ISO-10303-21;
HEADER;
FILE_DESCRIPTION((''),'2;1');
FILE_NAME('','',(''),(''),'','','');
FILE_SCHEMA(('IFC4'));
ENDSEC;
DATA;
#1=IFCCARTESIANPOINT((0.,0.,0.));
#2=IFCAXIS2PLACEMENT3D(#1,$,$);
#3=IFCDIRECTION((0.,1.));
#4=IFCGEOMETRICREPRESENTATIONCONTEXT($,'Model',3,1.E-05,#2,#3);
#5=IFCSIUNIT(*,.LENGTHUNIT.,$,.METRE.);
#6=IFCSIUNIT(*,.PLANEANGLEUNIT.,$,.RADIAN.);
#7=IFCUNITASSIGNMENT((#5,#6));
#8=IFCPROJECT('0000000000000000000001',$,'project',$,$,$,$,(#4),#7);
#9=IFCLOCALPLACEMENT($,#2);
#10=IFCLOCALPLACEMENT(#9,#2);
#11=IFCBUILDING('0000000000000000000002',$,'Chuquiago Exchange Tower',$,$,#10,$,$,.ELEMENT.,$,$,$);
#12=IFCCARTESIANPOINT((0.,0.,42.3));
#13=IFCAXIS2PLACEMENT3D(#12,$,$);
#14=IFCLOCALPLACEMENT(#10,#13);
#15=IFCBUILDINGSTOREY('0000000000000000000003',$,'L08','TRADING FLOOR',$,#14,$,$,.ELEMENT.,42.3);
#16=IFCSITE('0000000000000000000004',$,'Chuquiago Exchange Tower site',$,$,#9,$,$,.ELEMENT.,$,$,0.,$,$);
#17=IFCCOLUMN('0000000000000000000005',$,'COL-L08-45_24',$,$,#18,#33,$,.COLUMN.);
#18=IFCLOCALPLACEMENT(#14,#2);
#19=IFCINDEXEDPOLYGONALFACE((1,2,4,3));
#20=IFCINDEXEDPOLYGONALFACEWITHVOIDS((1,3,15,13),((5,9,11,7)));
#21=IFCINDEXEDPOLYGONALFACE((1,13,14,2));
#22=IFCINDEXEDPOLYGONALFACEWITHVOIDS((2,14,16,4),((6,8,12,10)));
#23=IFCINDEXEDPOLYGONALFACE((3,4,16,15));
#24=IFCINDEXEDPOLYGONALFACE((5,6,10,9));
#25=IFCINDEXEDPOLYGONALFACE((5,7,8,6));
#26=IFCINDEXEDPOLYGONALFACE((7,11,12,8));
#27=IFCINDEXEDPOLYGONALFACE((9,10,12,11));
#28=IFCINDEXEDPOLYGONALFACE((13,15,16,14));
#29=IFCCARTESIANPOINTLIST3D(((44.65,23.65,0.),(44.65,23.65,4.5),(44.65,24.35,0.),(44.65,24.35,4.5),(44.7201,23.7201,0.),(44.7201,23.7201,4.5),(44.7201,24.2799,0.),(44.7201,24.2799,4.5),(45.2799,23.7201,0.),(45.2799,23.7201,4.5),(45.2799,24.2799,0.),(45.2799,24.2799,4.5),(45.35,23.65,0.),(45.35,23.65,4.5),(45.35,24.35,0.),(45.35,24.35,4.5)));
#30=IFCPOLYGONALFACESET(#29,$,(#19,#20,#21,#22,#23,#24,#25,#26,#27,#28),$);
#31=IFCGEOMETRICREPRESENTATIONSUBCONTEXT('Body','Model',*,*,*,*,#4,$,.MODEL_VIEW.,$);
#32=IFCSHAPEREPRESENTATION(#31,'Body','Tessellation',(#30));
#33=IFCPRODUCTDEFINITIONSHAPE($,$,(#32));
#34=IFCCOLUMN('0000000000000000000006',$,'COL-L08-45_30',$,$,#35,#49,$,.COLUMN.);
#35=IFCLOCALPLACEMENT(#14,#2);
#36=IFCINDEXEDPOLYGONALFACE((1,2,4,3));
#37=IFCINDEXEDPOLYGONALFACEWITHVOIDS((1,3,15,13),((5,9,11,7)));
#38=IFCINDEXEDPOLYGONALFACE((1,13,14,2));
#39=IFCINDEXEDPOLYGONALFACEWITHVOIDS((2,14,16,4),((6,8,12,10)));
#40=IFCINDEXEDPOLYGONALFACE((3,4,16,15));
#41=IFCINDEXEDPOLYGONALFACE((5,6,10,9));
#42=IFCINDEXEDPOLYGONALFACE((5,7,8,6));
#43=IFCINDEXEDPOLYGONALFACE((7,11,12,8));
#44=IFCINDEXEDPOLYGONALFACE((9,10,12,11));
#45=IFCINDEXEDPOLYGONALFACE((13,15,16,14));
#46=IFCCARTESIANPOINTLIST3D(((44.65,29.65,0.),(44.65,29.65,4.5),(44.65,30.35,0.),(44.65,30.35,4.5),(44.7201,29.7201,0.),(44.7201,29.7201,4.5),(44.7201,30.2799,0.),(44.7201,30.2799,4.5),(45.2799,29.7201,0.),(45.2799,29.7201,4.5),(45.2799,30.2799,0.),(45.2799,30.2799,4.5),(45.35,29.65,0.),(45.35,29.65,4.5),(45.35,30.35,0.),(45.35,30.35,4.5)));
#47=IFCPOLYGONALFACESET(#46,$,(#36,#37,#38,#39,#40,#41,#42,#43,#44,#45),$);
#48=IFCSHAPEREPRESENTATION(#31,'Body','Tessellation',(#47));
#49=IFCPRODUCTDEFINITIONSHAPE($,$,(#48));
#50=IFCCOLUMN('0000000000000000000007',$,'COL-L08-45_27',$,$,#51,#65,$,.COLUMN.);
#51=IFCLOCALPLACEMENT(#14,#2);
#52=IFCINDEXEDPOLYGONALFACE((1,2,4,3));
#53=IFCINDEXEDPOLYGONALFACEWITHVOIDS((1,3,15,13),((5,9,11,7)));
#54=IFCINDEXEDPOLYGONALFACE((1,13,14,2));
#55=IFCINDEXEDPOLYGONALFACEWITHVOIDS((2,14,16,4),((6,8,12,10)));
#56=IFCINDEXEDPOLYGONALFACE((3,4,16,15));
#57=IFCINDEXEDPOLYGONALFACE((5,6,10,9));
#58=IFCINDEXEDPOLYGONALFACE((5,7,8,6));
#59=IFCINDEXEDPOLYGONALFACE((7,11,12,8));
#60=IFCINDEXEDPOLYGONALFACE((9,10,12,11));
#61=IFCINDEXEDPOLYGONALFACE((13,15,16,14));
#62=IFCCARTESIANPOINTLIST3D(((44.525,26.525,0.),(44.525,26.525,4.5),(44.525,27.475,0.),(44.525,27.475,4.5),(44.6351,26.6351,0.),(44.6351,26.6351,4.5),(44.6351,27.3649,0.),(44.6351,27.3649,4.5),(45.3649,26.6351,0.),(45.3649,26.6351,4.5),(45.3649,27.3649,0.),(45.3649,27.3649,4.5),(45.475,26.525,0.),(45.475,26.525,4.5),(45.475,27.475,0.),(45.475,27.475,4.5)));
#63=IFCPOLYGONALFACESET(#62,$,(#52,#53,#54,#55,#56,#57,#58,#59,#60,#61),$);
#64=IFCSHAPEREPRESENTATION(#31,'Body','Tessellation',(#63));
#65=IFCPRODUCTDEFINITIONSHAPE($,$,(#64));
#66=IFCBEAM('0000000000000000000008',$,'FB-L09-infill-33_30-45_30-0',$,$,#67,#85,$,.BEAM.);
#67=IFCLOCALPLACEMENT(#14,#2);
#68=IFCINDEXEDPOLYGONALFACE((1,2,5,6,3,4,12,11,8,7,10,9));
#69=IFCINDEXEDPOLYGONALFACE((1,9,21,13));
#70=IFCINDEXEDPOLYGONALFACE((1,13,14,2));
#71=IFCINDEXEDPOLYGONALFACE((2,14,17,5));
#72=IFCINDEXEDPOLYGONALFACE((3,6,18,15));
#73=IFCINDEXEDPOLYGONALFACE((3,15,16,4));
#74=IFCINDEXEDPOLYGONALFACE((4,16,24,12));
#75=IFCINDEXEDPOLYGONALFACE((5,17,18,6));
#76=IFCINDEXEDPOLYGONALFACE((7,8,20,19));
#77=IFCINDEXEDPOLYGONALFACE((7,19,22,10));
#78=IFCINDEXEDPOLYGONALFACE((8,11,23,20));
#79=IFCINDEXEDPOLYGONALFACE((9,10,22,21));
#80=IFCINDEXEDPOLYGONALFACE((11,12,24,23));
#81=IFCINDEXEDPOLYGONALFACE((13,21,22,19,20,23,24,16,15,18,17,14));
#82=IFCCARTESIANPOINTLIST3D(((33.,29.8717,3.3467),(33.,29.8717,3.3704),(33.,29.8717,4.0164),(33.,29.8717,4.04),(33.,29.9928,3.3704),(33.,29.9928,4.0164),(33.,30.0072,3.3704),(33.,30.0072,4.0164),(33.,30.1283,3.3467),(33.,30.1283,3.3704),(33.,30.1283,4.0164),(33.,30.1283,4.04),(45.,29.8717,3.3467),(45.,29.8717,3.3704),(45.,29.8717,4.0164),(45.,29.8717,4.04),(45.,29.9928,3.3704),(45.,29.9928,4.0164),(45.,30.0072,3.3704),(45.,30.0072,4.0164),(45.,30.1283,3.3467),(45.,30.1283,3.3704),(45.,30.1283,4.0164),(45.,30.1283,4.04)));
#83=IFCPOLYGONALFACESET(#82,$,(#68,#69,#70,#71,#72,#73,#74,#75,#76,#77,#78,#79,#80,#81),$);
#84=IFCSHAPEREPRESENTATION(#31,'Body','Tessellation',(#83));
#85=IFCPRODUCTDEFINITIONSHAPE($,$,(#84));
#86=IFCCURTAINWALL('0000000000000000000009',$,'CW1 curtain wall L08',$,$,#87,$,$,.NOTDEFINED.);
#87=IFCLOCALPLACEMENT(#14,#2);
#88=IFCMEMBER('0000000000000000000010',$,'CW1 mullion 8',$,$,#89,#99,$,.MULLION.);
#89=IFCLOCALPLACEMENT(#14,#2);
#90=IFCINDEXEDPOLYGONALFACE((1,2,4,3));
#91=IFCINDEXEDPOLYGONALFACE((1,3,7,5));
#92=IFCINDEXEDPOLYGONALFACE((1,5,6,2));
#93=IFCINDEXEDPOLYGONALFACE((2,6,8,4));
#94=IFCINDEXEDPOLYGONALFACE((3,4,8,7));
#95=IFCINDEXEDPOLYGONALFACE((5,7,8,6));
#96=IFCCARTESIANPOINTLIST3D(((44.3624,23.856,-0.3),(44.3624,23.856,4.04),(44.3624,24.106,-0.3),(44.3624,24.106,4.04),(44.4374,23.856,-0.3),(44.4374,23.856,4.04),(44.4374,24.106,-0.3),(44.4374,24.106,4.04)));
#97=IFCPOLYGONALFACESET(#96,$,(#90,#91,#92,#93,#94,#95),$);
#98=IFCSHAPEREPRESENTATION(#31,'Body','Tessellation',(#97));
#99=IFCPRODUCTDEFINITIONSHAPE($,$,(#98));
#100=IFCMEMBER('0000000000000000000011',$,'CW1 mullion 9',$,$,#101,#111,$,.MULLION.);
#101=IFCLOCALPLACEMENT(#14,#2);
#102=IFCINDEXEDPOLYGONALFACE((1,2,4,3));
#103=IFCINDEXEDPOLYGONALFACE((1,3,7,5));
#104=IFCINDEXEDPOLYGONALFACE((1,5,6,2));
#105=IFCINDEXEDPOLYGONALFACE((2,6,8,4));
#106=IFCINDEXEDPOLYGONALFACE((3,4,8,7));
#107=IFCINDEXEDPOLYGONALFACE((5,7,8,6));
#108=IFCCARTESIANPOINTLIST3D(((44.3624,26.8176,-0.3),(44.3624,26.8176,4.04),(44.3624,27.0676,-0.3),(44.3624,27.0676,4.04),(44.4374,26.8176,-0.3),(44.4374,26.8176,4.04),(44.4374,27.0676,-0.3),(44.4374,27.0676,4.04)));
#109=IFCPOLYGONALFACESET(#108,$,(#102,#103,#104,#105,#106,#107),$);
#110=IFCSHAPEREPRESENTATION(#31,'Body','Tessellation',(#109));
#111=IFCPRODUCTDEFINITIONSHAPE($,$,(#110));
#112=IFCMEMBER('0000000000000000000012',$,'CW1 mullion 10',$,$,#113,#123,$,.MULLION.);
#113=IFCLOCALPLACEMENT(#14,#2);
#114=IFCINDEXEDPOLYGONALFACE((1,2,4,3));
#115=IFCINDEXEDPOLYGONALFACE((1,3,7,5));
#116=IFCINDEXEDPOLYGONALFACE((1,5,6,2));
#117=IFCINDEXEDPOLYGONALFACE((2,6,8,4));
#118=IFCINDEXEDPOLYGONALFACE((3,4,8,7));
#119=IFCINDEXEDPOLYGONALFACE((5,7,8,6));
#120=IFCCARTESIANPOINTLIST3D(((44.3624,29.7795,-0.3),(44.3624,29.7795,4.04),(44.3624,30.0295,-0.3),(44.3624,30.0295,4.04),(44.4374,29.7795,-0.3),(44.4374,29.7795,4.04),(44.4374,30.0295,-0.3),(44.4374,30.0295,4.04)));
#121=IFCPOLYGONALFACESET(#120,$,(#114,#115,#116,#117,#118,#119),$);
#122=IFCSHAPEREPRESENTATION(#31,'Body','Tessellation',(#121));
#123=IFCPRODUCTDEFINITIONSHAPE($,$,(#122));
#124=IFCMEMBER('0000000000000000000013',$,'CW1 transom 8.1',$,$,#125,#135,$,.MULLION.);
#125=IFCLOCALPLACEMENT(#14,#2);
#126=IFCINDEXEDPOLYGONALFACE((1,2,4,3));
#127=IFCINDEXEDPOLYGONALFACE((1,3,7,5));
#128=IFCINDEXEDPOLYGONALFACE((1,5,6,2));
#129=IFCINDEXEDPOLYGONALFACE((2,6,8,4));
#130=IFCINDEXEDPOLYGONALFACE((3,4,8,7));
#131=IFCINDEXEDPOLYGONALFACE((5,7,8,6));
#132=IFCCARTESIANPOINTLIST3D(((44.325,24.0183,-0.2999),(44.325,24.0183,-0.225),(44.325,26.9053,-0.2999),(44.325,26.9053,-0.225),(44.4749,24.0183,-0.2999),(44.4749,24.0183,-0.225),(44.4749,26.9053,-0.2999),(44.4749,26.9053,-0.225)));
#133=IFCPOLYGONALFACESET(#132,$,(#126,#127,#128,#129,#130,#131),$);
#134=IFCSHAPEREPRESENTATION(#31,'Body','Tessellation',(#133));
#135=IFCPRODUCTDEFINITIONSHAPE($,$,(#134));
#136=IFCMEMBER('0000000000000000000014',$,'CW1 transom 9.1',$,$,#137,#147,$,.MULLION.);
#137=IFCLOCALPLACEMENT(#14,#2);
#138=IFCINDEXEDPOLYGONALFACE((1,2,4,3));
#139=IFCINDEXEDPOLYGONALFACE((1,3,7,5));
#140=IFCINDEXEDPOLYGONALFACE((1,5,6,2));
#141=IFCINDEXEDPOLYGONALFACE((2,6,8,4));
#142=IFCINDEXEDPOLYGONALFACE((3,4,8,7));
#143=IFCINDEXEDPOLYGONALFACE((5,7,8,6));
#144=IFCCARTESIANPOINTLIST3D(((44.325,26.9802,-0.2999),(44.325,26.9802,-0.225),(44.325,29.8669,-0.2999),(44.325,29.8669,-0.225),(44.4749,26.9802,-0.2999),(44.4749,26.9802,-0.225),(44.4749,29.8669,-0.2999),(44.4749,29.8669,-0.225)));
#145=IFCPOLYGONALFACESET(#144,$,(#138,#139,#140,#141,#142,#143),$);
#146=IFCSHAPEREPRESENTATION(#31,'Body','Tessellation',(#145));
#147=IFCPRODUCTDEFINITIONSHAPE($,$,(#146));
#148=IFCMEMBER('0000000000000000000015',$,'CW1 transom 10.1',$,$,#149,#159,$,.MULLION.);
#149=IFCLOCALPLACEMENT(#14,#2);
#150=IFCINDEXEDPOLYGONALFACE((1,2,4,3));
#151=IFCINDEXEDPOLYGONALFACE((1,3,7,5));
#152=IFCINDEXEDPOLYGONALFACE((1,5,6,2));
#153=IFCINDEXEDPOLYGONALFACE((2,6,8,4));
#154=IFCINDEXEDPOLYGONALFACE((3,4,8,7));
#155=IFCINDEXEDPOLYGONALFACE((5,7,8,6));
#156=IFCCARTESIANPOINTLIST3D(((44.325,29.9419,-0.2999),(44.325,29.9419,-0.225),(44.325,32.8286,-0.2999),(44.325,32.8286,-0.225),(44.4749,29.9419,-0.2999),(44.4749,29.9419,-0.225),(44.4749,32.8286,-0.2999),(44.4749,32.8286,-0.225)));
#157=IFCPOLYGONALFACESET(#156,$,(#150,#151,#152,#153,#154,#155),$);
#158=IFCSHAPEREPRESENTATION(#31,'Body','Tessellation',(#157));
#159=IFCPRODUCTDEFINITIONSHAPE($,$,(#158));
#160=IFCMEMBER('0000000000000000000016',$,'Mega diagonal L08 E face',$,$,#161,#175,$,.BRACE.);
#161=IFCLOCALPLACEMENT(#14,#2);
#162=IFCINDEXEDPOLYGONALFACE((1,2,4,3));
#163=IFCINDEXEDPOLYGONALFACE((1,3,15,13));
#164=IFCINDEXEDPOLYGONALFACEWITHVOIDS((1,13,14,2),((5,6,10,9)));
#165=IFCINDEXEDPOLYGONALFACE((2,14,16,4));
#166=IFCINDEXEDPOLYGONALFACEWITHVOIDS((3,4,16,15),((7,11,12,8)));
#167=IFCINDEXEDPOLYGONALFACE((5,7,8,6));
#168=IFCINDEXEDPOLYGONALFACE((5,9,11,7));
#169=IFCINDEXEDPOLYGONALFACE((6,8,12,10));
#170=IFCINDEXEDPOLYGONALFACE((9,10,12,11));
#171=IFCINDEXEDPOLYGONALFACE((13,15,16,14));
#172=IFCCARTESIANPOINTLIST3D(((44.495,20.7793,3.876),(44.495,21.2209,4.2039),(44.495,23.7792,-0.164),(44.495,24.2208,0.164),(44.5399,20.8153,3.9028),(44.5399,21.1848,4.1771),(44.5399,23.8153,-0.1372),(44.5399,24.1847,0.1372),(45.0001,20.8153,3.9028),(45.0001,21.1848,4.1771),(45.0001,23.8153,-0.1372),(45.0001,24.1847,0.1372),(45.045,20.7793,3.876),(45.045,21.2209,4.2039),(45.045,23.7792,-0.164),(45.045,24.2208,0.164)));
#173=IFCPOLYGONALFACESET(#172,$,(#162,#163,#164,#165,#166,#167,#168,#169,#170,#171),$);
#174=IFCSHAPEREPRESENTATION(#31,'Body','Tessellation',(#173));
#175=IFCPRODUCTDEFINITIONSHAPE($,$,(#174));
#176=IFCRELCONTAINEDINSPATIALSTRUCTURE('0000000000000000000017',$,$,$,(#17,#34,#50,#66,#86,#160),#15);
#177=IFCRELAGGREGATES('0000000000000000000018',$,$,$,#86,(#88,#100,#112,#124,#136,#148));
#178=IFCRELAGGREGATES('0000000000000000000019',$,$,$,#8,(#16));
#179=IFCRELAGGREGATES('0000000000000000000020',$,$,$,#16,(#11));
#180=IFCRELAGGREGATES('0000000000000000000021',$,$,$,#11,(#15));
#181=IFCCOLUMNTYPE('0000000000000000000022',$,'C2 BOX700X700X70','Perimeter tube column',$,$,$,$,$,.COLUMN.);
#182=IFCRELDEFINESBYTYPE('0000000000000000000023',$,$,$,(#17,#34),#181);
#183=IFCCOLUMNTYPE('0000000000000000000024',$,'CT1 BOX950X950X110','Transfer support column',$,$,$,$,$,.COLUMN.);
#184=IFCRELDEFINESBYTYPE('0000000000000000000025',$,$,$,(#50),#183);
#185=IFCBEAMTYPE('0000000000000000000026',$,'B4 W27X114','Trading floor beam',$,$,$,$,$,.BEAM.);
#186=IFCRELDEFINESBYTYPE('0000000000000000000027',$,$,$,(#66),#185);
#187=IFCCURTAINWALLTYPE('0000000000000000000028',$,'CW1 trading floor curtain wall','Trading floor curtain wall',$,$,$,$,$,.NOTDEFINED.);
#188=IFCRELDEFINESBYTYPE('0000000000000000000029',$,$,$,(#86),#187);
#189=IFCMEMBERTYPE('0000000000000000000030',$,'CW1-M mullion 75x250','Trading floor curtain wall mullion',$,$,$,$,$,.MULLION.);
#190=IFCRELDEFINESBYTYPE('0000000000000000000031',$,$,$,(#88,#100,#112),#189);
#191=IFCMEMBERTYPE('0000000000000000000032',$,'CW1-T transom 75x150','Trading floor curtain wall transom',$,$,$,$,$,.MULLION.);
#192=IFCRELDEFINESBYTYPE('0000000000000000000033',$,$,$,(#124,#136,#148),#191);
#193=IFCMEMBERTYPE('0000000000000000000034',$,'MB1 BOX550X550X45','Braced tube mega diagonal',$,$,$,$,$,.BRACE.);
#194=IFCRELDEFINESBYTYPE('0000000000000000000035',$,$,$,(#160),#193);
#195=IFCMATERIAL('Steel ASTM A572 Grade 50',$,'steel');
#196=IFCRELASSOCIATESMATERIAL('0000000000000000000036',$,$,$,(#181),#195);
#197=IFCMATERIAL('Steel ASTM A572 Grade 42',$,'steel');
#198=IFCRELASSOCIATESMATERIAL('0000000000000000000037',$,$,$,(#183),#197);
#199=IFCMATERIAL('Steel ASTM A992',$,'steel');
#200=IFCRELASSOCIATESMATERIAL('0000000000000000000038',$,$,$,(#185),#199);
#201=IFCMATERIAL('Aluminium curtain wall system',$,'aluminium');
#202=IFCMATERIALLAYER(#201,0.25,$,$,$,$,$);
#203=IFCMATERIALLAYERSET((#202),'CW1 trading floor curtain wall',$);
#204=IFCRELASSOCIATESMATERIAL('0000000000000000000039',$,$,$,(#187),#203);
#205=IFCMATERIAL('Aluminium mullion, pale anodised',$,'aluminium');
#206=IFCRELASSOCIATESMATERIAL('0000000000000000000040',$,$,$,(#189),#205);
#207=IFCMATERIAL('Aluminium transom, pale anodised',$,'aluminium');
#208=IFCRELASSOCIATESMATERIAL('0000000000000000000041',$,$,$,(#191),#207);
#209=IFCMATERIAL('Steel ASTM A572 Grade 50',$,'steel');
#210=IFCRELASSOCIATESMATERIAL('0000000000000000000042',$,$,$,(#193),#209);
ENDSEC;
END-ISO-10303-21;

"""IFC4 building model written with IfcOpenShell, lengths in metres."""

from ifc_helpers import new_model, si_unit, direction, frame, origin, origin_2d, place, context, subcontext, project, spatial, rectangle, hollow_rectangle, i_section, extrude, material, layer, layer_set, material_profile, profile_set, type_object, element, aggregate, save


model = new_model("IFC4")

# Units and contexts
model_context = context("Model", 3, precision=1e-05, world=origin(), true_north=direction((0.0, 1.0)))
body_context = subcontext(model_context, "Body", "Model", "MODEL_VIEW")
ifc_project = project(units=[si_unit("LENGTHUNIT", "METRE"), si_unit("PLANEANGLEUNIT", "RADIAN")], contexts=[model_context])

# Site, building, storey
site_placement = place(None, origin())
site = spatial("IfcSite", under=ifc_project, at=site_placement, Name="Chuquiago Exchange Tower site", CompositionType="ELEMENT", RefElevation=0.0)
building_placement = place(site_placement, origin())
building = spatial("IfcBuilding", under=site, at=building_placement, Name="Chuquiago Exchange Tower", CompositionType="ELEMENT")
storey_placement = place(building_placement, frame((0.0, 0.0, 42.3)))
storey = spatial("IfcBuildingStorey", under=building, at=storey_placement, Name="L08", Description="TRADING FLOOR", CompositionType="ELEMENT", Elevation=42.3)

# Columns
ifc_material_1 = material(Name="Steel ASTM A572 Grade 50", Category="steel")
ifc_material_profile_1 = material_profile(ifc_material_1, hollow_rectangle(XDim=0.7, YDim=0.7, WallThickness=0.0701, at=origin_2d()), Name="BOX700X700X70")
ifc_profile_set_1 = profile_set([ifc_material_profile_1], Name="Steel ASTM A572 Grade 50")
column_type_1 = type_object("IfcColumnType", Name="C2 BOX700X700X70", Description="Perimeter tube column", PredefinedType="COLUMN", material=ifc_profile_set_1)
for number, where, z_axis, x_axis, name in (
    (1, (45.0, 24.0, 0.0), (0.0, 0.0, 1.0), (1.0, 0.0, 0.0), "COL-L08-45_24"),
    (2, (45.0, 30.0, 0.0), (0.0, 0.0, 1.0), (1.0, 0.0, 0.0), "COL-L08-45_30"),
):
    element("IfcColumn", number, at=place(storey_placement, frame(where, z_axis=z_axis, x_axis=x_axis)), inside=storey, type_object=column_type_1, Name=name, PredefinedType="COLUMN", context=body_context, shape_type="SweptSolid", body=[
        extrude(hollow_rectangle(XDim=0.7, YDim=0.7, WallThickness=0.0701, at=origin_2d()), origin(), (0.0, 0.0, 1.0), 4.5),
    ])
ifc_material_2 = material(Name="Steel ASTM A572 Grade 42", Category="steel")
ifc_material_profile_2 = material_profile(ifc_material_2, hollow_rectangle(XDim=0.95, YDim=0.95, WallThickness=0.1101, at=origin_2d()), Name="BOX950X950X110")
ifc_profile_set_2 = profile_set([ifc_material_profile_2], Name="Steel ASTM A572 Grade 42")
column_type_2 = type_object("IfcColumnType", Name="CT1 BOX950X950X110", Description="Transfer support column", PredefinedType="COLUMN", material=ifc_profile_set_2)
column_placement = place(storey_placement, frame((45.0, 27.0, 0.0), z_axis=(0.0, 0.0, 1.0), x_axis=(1.0, 0.0, 0.0)))
element("IfcColumn", 3, at=column_placement, inside=storey, type_object=column_type_2, Name="COL-L08-45_27", PredefinedType="COLUMN", context=body_context, shape_type="SweptSolid", body=[
    extrude(hollow_rectangle(XDim=0.95, YDim=0.95, WallThickness=0.1101, at=origin_2d()), origin(), (0.0, 0.0, 1.0), 4.5),
])

# Beam
ifc_material_3 = material(Name="Steel ASTM A992", Category="steel")
ifc_material_profile_3 = material_profile(ifc_material_3, i_section(OverallWidth=0.2566, OverallDepth=0.6934, WebThickness=0.0144, FlangeThickness=0.0237, at=origin_2d()), Name="W27X114")
ifc_profile_set_3 = profile_set([ifc_material_profile_3], Name="Steel ASTM A992")
beam_type_1 = type_object("IfcBeamType", Name="B4 W27X114", Description="Trading floor beam", PredefinedType="BEAM", material=ifc_profile_set_3)
beam_placement = place(storey_placement, frame((33.0, 30.0, 3.6934), z_axis=(1.0, 0.0, 0.0), x_axis=(0.0, 1.0, 0.0)))
element("IfcBeam", 4, at=beam_placement, inside=storey, type_object=beam_type_1, Name="FB-L09-infill-33_30-45_30-0", PredefinedType="BEAM", context=body_context, shape_type="SweptSolid", body=[
    extrude(i_section(OverallWidth=0.2566, OverallDepth=0.6934, WebThickness=0.0144, FlangeThickness=0.0237, at=origin_2d()), origin(), (0.0, 0.0, 1.0), 12.0),
])

# Curtain wall, members
ifc_material_4 = material(Name="Aluminium curtain wall system", Category="aluminium")
ifc_layer_1 = layer(ifc_material_4, 0.25)
ifc_layer_set_1 = layer_set([ifc_layer_1], Name="CW1 trading floor curtain wall")
curtain_wall_type = type_object("IfcCurtainWallType", Name="CW1 trading floor curtain wall", Description="Trading floor curtain wall", PredefinedType="NOTDEFINED", material=ifc_layer_set_1)
curtain_wall_placement = place(storey_placement, origin())
curtain_wall = element("IfcCurtainWall", 5, at=curtain_wall_placement, inside=storey, type_object=curtain_wall_type, Name="CW1 curtain wall L08", PredefinedType="NOTDEFINED")
ifc_material_5 = material(Name="Aluminium mullion, pale anodised", Category="aluminium")
ifc_material_profile_4 = material_profile(ifc_material_5, rectangle(XDim=0.075, YDim=0.25, at=origin_2d()), Name="AL 75x250")
ifc_profile_set_4 = profile_set([ifc_material_profile_4], Name="Aluminium mullion, pale anodised")
member_type_1 = type_object("IfcMemberType", Name="CW1-M mullion 75x250", Description="Trading floor curtain wall mullion", PredefinedType="MULLION", material=ifc_profile_set_4)
member_1_placement = place(storey_placement, frame((44.3999, 23.981, -0.3), z_axis=(0.0, 0.0, 1.0), x_axis=(-1.0, 0.0, 0.0)))
member_1 = element("IfcMember", 6, at=member_1_placement, type_object=member_type_1, Name="CW1 mullion 8", PredefinedType="MULLION", context=body_context, shape_type="SweptSolid", body=[
    extrude(rectangle(XDim=0.075, YDim=0.25, at=origin_2d()), origin(), (0.0, 0.0, 1.0), 4.3401),
])
member_2_placement = place(storey_placement, frame((44.3999, 26.9426, -0.3), z_axis=(0.0, 0.0, 1.0), x_axis=(-1.0, 0.0, 0.0)))
member_2 = element("IfcMember", 7, at=member_2_placement, type_object=member_type_1, Name="CW1 mullion 9", PredefinedType="MULLION", context=body_context, shape_type="SweptSolid", body=[
    extrude(rectangle(XDim=0.075, YDim=0.25, at=origin_2d()), origin(), (0.0, 0.0, 1.0), 4.3401),
])
member_3_placement = place(storey_placement, frame((44.3999, 29.9045, -0.3), z_axis=(0.0, 0.0, 1.0), x_axis=(-1.0, 0.0, 0.0)))
member_3 = element("IfcMember", 8, at=member_3_placement, type_object=member_type_1, Name="CW1 mullion 10", PredefinedType="MULLION", context=body_context, shape_type="SweptSolid", body=[
    extrude(rectangle(XDim=0.075, YDim=0.25, at=origin_2d()), origin(), (0.0, 0.0, 1.0), 4.3401),
])
ifc_material_6 = material(Name="Aluminium transom, pale anodised", Category="aluminium")
ifc_material_profile_5 = material_profile(ifc_material_6, rectangle(XDim=0.1499, YDim=0.075, at=origin_2d()), Name="AL 150x75")
ifc_profile_set_5 = profile_set([ifc_material_profile_5], Name="Aluminium transom, pale anodised")
member_type_2 = type_object("IfcMemberType", Name="CW1-T transom 75x150", Description="Trading floor curtain wall transom", PredefinedType="MULLION", material=ifc_profile_set_5)
member_4_placement = place(storey_placement, frame((44.3999, 24.0183, -0.2625), z_axis=(0.0, 1.0, 0.0), x_axis=(-1.0, 0.0, 0.0)))
member_4 = element("IfcMember", 9, at=member_4_placement, type_object=member_type_2, Name="CW1 transom 8.1", PredefinedType="MULLION", context=body_context, shape_type="SweptSolid", body=[
    extrude(rectangle(XDim=0.1499, YDim=0.075, at=origin_2d()), origin(), (0.0, 0.0, 1.0), 2.887),
])
member_5_placement = place(storey_placement, frame((44.3999, 26.9802, -0.2625), z_axis=(0.0, 1.0, 0.0), x_axis=(-1.0, 0.0, 0.0)))
member_5 = element("IfcMember", 10, at=member_5_placement, type_object=member_type_2, Name="CW1 transom 9.1", PredefinedType="MULLION", context=body_context, shape_type="SweptSolid", body=[
    extrude(rectangle(XDim=0.1499, YDim=0.075, at=origin_2d()), origin(), (0.0, 0.0, 1.0), 2.8867),
])
member_6_placement = place(storey_placement, frame((44.3999, 29.9419, -0.2625), z_axis=(0.0, 1.0, 0.0), x_axis=(-1.0, 0.0, 0.0)))
member_6 = element("IfcMember", 11, at=member_6_placement, type_object=member_type_2, Name="CW1 transom 10.1", PredefinedType="MULLION", context=body_context, shape_type="SweptSolid", body=[
    extrude(rectangle(XDim=0.1499, YDim=0.075, at=origin_2d()), origin(), (0.0, 0.0, 1.0), 2.8867),
])

# Member
ifc_material_7 = material(Name="Steel ASTM A572 Grade 50", Category="steel")
ifc_material_profile_6 = material_profile(ifc_material_7, hollow_rectangle(XDim=0.55, YDim=0.55, WallThickness=0.0449, at=origin_2d()), Name="BOX550X550X45")
ifc_profile_set_6 = profile_set([ifc_material_profile_6], Name="Steel ASTM A572 Grade 50")
member_type_3 = type_object("IfcMemberType", Name="MB1 BOX550X550X45", Description="Braced tube mega diagonal", PredefinedType="BRACE", material=ifc_profile_set_6)
member_7_placement = place(storey_placement, frame((44.77, 24.0, 0.0), z_axis=(0.0, -0.596174, 0.802855), x_axis=(1.0, 0.0, 0.0)))
element("IfcMember", 12, at=member_7_placement, inside=storey, type_object=member_type_3, Name="Mega diagonal L08 E face", PredefinedType="BRACE", context=body_context, shape_type="SweptSolid", body=[
    extrude(hollow_rectangle(XDim=0.55, YDim=0.55, WallThickness=0.0449, at=origin_2d()), origin(), (0.0, 0.0, 1.0), 5.032),
])

aggregate(curtain_wall, [member_1, member_2, member_3, member_4, member_5, member_6])

save(model, "model.ifc")
